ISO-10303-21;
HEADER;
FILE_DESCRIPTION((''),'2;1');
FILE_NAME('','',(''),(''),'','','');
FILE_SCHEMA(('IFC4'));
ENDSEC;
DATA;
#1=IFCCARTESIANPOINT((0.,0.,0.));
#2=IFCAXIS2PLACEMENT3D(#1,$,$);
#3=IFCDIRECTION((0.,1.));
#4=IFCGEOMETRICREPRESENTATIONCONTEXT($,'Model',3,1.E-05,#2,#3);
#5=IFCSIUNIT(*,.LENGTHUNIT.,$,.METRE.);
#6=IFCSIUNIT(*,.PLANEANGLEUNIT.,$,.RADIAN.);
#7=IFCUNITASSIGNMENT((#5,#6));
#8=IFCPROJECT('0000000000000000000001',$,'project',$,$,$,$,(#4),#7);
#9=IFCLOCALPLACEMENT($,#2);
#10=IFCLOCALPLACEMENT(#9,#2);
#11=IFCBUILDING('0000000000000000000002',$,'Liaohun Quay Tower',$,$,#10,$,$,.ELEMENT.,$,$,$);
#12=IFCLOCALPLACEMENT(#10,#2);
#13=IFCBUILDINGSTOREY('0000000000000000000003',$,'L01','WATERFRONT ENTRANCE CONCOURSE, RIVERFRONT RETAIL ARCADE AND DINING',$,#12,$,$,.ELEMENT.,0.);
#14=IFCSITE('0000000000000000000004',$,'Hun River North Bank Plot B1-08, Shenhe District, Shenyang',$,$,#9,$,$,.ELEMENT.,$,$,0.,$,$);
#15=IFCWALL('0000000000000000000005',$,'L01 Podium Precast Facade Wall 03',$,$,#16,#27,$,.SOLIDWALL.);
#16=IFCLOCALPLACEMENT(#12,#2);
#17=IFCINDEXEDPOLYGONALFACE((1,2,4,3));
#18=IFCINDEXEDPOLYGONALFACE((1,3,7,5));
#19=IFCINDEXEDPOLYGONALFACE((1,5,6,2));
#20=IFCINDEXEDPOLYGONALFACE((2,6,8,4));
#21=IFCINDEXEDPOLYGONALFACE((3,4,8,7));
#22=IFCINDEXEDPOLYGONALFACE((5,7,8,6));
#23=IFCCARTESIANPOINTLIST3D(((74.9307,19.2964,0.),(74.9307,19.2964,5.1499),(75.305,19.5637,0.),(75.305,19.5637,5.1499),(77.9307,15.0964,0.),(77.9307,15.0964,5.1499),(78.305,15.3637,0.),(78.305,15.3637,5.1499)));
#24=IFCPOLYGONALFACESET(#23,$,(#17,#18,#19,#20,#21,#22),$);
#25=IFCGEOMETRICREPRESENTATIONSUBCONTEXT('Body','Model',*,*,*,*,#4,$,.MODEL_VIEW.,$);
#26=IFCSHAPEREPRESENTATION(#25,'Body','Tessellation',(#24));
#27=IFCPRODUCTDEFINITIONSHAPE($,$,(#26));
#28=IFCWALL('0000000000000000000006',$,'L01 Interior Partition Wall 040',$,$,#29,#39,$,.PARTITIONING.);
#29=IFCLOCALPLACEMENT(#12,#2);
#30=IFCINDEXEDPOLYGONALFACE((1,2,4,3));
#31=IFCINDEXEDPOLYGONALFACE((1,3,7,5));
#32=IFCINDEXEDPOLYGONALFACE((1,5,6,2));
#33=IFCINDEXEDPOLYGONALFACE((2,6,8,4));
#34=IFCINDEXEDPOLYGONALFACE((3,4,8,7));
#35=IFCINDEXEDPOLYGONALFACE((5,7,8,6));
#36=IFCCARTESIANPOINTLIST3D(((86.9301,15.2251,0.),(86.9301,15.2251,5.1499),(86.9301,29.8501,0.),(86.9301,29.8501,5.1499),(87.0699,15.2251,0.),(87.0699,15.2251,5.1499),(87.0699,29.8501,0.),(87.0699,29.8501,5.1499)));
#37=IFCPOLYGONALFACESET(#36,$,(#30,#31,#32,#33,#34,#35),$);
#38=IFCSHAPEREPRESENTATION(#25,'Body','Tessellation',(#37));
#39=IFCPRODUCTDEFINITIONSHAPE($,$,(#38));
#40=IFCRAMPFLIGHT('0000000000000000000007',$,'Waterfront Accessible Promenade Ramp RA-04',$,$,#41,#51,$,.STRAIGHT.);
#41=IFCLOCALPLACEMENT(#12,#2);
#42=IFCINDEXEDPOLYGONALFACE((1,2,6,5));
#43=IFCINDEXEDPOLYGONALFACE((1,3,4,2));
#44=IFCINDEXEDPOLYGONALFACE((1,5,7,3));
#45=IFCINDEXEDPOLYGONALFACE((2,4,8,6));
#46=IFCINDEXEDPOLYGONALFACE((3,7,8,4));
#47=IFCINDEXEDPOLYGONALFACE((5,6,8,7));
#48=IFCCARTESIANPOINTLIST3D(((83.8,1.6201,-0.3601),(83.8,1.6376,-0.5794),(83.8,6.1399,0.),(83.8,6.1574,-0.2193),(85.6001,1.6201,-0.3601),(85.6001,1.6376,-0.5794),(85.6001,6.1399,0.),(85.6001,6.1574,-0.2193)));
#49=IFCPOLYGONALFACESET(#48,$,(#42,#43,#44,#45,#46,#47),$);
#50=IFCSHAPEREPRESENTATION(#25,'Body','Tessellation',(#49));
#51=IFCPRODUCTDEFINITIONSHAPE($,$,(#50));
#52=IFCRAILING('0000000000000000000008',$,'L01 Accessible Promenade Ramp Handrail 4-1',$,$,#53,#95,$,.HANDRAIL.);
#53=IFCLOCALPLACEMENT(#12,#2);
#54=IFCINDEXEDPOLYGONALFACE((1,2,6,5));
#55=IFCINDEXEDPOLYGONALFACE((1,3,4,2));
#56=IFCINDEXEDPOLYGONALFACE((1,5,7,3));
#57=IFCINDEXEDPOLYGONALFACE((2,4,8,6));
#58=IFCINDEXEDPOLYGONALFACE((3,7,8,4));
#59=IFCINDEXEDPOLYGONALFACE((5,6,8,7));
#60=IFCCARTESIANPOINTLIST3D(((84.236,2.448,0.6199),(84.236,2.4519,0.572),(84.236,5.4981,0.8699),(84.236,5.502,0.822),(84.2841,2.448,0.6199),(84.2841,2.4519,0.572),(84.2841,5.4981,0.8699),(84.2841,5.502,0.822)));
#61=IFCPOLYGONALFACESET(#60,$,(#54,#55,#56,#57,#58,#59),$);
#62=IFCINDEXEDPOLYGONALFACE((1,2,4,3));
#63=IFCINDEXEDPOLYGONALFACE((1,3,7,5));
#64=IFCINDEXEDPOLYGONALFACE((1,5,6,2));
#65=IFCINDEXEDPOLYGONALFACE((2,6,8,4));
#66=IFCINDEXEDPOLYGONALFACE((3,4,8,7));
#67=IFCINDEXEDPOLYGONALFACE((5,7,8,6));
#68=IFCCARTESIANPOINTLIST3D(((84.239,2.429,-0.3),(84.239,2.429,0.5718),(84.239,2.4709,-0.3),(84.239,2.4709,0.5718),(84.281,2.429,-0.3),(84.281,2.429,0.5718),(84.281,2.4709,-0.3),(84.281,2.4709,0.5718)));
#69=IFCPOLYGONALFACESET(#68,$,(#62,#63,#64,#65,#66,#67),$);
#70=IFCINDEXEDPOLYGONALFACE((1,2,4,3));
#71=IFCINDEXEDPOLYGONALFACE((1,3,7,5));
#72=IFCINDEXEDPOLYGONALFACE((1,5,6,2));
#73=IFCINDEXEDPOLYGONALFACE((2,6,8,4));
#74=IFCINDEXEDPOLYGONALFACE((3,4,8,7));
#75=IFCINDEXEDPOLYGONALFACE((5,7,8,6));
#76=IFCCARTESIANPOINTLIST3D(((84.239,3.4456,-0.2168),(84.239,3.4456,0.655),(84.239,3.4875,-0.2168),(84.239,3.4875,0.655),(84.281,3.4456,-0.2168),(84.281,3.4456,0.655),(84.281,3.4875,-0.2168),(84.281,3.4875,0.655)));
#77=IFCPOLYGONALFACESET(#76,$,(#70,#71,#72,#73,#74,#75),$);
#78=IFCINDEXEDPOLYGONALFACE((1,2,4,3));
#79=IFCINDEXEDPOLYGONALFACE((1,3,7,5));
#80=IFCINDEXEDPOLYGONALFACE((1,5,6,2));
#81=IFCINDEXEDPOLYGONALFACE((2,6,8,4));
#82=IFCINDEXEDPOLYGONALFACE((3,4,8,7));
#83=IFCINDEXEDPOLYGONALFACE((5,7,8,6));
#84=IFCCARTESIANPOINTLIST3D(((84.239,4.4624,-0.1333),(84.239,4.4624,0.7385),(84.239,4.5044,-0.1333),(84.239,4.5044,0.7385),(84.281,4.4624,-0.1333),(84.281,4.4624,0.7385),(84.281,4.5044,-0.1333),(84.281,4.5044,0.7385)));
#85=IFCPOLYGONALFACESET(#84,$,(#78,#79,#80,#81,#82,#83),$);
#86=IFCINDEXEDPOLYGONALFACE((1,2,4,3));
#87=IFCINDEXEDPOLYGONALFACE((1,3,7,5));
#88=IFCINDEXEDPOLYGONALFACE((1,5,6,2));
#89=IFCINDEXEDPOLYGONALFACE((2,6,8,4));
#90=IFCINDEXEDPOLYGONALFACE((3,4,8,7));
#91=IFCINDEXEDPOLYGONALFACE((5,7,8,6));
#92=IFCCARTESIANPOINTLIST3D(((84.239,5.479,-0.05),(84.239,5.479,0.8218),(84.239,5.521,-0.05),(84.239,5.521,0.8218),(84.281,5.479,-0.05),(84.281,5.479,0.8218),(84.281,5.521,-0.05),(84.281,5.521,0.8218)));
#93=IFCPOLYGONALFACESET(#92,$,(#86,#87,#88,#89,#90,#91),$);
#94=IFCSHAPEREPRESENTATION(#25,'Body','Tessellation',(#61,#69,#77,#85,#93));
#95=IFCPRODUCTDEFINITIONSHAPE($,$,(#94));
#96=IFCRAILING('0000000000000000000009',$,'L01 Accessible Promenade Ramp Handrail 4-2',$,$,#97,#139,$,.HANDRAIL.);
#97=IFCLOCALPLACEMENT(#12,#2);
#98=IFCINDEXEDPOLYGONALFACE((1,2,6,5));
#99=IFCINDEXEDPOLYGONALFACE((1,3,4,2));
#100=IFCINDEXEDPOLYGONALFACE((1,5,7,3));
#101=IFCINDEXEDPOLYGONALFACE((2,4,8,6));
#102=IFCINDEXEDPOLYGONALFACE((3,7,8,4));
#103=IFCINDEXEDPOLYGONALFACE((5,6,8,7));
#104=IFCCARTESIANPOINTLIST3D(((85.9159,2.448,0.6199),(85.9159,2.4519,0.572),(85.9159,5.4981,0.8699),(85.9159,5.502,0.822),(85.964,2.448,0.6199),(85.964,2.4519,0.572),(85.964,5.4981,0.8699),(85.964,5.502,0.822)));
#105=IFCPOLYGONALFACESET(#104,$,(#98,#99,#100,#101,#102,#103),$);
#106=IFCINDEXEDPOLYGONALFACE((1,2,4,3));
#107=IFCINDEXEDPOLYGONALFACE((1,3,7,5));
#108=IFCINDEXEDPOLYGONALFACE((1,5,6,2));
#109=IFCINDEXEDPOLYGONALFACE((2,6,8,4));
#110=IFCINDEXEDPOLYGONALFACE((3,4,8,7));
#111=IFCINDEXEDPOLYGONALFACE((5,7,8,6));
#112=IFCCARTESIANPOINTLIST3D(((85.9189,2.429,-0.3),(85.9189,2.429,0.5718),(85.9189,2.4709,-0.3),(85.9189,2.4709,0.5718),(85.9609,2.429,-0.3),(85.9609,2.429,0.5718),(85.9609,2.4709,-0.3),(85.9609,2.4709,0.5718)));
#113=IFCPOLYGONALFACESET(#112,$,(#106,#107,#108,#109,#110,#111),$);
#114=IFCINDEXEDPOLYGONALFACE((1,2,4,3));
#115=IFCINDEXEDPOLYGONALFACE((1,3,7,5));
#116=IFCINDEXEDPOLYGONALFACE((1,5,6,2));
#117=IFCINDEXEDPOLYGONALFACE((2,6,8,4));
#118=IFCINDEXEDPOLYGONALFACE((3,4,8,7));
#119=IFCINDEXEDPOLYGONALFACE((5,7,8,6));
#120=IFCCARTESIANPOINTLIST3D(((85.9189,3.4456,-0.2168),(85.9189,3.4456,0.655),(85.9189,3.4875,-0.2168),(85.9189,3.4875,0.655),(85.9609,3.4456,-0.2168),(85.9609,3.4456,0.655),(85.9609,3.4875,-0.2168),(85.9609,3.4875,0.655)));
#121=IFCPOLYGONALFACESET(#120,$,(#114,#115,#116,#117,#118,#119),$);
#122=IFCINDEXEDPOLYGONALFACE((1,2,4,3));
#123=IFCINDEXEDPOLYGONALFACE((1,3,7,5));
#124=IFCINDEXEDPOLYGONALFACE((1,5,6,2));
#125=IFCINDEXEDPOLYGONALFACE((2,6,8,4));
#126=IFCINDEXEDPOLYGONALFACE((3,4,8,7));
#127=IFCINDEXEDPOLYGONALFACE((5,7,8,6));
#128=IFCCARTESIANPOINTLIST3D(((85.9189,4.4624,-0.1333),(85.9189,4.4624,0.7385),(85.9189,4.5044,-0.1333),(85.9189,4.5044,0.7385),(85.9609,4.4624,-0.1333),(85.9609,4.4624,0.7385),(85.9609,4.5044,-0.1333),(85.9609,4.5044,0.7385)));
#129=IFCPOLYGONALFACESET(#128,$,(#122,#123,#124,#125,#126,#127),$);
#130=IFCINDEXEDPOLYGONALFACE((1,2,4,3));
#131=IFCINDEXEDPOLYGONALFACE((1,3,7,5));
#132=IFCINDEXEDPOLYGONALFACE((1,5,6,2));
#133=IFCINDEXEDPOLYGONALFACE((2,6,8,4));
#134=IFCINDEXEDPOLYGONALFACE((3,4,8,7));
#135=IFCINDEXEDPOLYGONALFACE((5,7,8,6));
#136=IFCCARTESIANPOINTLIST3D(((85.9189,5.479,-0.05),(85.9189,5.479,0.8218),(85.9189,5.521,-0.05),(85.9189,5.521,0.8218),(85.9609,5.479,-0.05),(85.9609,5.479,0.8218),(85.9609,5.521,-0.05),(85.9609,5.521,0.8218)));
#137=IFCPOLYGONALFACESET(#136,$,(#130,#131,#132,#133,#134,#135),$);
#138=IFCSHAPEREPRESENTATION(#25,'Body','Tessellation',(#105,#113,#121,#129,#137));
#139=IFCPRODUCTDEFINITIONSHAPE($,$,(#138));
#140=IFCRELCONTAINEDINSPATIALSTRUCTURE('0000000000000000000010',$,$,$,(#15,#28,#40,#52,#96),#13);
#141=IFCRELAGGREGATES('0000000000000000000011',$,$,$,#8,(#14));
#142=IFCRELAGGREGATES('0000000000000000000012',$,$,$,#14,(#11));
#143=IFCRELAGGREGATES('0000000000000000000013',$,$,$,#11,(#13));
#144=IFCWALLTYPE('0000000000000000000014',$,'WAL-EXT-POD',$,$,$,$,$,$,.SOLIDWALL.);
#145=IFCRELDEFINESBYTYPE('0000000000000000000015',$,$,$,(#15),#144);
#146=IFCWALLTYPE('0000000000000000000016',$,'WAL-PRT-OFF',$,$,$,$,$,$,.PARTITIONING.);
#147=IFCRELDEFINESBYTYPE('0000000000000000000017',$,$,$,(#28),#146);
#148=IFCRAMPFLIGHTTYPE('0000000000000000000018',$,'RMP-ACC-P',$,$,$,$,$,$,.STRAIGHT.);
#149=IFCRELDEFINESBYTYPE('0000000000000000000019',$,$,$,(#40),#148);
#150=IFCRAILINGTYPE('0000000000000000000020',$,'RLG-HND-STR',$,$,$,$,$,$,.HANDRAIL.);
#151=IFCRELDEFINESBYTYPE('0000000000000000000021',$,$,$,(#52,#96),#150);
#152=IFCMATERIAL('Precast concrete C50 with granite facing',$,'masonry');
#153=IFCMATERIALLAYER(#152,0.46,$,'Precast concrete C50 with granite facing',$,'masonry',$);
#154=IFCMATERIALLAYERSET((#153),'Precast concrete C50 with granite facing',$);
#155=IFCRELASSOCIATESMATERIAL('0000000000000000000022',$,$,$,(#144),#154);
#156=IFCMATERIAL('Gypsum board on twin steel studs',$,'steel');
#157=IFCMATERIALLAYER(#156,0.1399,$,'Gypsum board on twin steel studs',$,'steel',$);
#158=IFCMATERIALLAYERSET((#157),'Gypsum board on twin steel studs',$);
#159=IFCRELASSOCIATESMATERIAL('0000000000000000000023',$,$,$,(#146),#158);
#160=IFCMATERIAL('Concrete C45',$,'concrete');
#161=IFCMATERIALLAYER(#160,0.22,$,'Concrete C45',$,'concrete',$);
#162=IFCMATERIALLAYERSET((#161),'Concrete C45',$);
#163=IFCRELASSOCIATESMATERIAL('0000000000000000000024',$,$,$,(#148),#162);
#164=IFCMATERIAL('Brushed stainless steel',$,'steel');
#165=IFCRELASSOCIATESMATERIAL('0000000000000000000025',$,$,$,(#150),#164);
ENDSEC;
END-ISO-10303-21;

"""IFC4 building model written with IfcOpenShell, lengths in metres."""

from ifc_helpers import new_model, si_unit, direction, frame, frame_2d, origin, origin_2d, place, context, subcontext, project, spatial, polyline, rectangle, outline, extrude, material, layer, layer_set, type_object, element, save


model = new_model("IFC4")

# Units and contexts
model_context = context("Model", 3, precision=1e-05, world=origin(), true_north=direction((0.0, 1.0)))
body_context = subcontext(model_context, "Body", "Model", "MODEL_VIEW")
ifc_project = project(units=[si_unit("LENGTHUNIT", "METRE"), si_unit("PLANEANGLEUNIT", "RADIAN")], contexts=[model_context])

# Site, building, storey
site_placement = place(None, origin())
site = spatial("IfcSite", under=ifc_project, at=site_placement, Name="Hun River North Bank Plot B1-08, Shenhe District, Shenyang", CompositionType="ELEMENT", RefElevation=0.0)
building_placement = place(site_placement, origin())
building = spatial("IfcBuilding", under=site, at=building_placement, Name="Liaohun Quay Tower", CompositionType="ELEMENT")
storey_placement = place(building_placement, origin())
storey = spatial("IfcBuildingStorey", under=building, at=storey_placement, Name="L01", Description="WATERFRONT ENTRANCE CONCOURSE, RIVERFRONT RETAIL ARCADE AND DINING", CompositionType="ELEMENT", Elevation=0.0)

# Wall
ifc_material_1 = material(Name="Precast concrete C50 with granite facing", Category="masonry")
ifc_layer_1 = layer(ifc_material_1, 0.46, Name="Precast concrete C50 with granite facing", Category="masonry")
ifc_layer_set_1 = layer_set([ifc_layer_1], Name="Precast concrete C50 with granite facing")
wall_type_1 = type_object("IfcWallType", Name="WAL-EXT-POD", PredefinedType="SOLIDWALL", material=ifc_layer_set_1)
wall_1_placement = place(storey_placement, frame((75.1179, 19.4299, 0.0), z_axis=(0.0, 0.0, 1.0), x_axis=(0.581243, -0.81373, 0.0)))
element("IfcWall", 1, at=wall_1_placement, inside=storey, type_object=wall_type_1, Name="L01 Podium Precast Facade Wall 03", PredefinedType="SOLIDWALL", context=body_context, shape_type="SweptSolid", body=[
    extrude(rectangle(XDim=5.1614, YDim=0.46, at=frame_2d((2.5806, 0.0))), origin(), (0.0, 0.0, 1.0), 5.1499),
])

# Wall
ifc_material_2 = material(Name="Gypsum board on twin steel studs", Category="steel")
ifc_layer_2 = layer(ifc_material_2, 0.1399, Name="Gypsum board on twin steel studs", Category="steel")
ifc_layer_set_2 = layer_set([ifc_layer_2], Name="Gypsum board on twin steel studs")
wall_type_2 = type_object("IfcWallType", Name="WAL-PRT-OFF", PredefinedType="PARTITIONING", material=ifc_layer_set_2)
wall_2_placement = place(storey_placement, frame((87.0, 15.2251, 0.0), z_axis=(0.0, 0.0, 1.0), x_axis=(0.0, 1.0, 0.0)))
element("IfcWall", 2, at=wall_2_placement, inside=storey, type_object=wall_type_2, Name="L01 Interior Partition Wall 040", PredefinedType="PARTITIONING", context=body_context, shape_type="SweptSolid", body=[
    extrude(rectangle(XDim=14.625, YDim=0.1399, at=frame_2d((7.3125, 0.0))), origin(), (0.0, 0.0, 1.0), 5.1499),
])

# Ramp flight
ifc_material_3 = material(Name="Concrete C45", Category="concrete")
ifc_layer_3 = layer(ifc_material_3, 0.22, Name="Concrete C45", Category="concrete")
ifc_layer_set_3 = layer_set([ifc_layer_3], Name="Concrete C45")
ramp_flight_type = type_object("IfcRampFlightType", Name="RMP-ACC-P", PredefinedType="STRAIGHT", material=ifc_layer_set_3)
ramp_flight_placement = place(storey_placement, frame((83.8, 1.6201, -0.3601), z_axis=(0.0, -0.079422, 0.996841), x_axis=(1.0, 0.0, 0.0)))
element("IfcRampFlight", 3, at=ramp_flight_placement, inside=storey, type_object=ramp_flight_type, Name="Waterfront Accessible Promenade Ramp RA-04", PredefinedType="STRAIGHT", context=body_context, shape_type="SweptSolid", body=[
    extrude(outline(polyline([(0.0, 0.0), (1.8, 0.0), (1.8, 4.5341), (0.0, 4.5341), (0.0, 0.0)])), origin(), (0.0, 0.0, -1.0), 0.22),
])

# Railings
ifc_material_4 = material(Name="Brushed stainless steel", Category="steel")
railing_type = type_object("IfcRailingType", Name="RLG-HND-STR", PredefinedType="HANDRAIL", material=ifc_material_4)
for number, where, name in (
    (4, (84.26, 2.45, -0.3), "L01 Accessible Promenade Ramp Handrail 4-1"),
    (5, (85.9399, 2.45, -0.3), "L01 Accessible Promenade Ramp Handrail 4-2"),
):
    element("IfcRailing", number, at=place(storey_placement, frame(where)), inside=storey, type_object=railing_type, Name=name, PredefinedType="HANDRAIL", context=body_context, shape_type="SweptSolid", body=[
        extrude(rectangle(XDim=0.0481, YDim=0.0481, at=origin_2d()), frame((0.0, 0.0, 0.896), z_axis=(0.0, 0.996658, 0.081692), x_axis=(-1.0, 0.0, 0.0)), (0.0, 0.0, 1.0), 3.0603),
        extrude(rectangle(XDim=0.042, YDim=0.042, at=origin_2d()), origin(), (0.0, 0.0, 1.0), 0.8718),
        extrude(rectangle(XDim=0.042, YDim=0.042, at=origin_2d()), frame((0.0, 1.0166, 0.0833)), (0.0, 0.0, 1.0), 0.8718),
        extrude(rectangle(XDim=0.042, YDim=0.042, at=origin_2d()), frame((0.0, 2.0334, 0.1667)), (0.0, 0.0, 1.0), 0.8718),
        extrude(rectangle(XDim=0.042, YDim=0.042, at=origin_2d()), frame((0.0, 3.05, 0.25)), (0.0, 0.0, 1.0), 0.8718),
    ])

save(model, "model.ifc")
